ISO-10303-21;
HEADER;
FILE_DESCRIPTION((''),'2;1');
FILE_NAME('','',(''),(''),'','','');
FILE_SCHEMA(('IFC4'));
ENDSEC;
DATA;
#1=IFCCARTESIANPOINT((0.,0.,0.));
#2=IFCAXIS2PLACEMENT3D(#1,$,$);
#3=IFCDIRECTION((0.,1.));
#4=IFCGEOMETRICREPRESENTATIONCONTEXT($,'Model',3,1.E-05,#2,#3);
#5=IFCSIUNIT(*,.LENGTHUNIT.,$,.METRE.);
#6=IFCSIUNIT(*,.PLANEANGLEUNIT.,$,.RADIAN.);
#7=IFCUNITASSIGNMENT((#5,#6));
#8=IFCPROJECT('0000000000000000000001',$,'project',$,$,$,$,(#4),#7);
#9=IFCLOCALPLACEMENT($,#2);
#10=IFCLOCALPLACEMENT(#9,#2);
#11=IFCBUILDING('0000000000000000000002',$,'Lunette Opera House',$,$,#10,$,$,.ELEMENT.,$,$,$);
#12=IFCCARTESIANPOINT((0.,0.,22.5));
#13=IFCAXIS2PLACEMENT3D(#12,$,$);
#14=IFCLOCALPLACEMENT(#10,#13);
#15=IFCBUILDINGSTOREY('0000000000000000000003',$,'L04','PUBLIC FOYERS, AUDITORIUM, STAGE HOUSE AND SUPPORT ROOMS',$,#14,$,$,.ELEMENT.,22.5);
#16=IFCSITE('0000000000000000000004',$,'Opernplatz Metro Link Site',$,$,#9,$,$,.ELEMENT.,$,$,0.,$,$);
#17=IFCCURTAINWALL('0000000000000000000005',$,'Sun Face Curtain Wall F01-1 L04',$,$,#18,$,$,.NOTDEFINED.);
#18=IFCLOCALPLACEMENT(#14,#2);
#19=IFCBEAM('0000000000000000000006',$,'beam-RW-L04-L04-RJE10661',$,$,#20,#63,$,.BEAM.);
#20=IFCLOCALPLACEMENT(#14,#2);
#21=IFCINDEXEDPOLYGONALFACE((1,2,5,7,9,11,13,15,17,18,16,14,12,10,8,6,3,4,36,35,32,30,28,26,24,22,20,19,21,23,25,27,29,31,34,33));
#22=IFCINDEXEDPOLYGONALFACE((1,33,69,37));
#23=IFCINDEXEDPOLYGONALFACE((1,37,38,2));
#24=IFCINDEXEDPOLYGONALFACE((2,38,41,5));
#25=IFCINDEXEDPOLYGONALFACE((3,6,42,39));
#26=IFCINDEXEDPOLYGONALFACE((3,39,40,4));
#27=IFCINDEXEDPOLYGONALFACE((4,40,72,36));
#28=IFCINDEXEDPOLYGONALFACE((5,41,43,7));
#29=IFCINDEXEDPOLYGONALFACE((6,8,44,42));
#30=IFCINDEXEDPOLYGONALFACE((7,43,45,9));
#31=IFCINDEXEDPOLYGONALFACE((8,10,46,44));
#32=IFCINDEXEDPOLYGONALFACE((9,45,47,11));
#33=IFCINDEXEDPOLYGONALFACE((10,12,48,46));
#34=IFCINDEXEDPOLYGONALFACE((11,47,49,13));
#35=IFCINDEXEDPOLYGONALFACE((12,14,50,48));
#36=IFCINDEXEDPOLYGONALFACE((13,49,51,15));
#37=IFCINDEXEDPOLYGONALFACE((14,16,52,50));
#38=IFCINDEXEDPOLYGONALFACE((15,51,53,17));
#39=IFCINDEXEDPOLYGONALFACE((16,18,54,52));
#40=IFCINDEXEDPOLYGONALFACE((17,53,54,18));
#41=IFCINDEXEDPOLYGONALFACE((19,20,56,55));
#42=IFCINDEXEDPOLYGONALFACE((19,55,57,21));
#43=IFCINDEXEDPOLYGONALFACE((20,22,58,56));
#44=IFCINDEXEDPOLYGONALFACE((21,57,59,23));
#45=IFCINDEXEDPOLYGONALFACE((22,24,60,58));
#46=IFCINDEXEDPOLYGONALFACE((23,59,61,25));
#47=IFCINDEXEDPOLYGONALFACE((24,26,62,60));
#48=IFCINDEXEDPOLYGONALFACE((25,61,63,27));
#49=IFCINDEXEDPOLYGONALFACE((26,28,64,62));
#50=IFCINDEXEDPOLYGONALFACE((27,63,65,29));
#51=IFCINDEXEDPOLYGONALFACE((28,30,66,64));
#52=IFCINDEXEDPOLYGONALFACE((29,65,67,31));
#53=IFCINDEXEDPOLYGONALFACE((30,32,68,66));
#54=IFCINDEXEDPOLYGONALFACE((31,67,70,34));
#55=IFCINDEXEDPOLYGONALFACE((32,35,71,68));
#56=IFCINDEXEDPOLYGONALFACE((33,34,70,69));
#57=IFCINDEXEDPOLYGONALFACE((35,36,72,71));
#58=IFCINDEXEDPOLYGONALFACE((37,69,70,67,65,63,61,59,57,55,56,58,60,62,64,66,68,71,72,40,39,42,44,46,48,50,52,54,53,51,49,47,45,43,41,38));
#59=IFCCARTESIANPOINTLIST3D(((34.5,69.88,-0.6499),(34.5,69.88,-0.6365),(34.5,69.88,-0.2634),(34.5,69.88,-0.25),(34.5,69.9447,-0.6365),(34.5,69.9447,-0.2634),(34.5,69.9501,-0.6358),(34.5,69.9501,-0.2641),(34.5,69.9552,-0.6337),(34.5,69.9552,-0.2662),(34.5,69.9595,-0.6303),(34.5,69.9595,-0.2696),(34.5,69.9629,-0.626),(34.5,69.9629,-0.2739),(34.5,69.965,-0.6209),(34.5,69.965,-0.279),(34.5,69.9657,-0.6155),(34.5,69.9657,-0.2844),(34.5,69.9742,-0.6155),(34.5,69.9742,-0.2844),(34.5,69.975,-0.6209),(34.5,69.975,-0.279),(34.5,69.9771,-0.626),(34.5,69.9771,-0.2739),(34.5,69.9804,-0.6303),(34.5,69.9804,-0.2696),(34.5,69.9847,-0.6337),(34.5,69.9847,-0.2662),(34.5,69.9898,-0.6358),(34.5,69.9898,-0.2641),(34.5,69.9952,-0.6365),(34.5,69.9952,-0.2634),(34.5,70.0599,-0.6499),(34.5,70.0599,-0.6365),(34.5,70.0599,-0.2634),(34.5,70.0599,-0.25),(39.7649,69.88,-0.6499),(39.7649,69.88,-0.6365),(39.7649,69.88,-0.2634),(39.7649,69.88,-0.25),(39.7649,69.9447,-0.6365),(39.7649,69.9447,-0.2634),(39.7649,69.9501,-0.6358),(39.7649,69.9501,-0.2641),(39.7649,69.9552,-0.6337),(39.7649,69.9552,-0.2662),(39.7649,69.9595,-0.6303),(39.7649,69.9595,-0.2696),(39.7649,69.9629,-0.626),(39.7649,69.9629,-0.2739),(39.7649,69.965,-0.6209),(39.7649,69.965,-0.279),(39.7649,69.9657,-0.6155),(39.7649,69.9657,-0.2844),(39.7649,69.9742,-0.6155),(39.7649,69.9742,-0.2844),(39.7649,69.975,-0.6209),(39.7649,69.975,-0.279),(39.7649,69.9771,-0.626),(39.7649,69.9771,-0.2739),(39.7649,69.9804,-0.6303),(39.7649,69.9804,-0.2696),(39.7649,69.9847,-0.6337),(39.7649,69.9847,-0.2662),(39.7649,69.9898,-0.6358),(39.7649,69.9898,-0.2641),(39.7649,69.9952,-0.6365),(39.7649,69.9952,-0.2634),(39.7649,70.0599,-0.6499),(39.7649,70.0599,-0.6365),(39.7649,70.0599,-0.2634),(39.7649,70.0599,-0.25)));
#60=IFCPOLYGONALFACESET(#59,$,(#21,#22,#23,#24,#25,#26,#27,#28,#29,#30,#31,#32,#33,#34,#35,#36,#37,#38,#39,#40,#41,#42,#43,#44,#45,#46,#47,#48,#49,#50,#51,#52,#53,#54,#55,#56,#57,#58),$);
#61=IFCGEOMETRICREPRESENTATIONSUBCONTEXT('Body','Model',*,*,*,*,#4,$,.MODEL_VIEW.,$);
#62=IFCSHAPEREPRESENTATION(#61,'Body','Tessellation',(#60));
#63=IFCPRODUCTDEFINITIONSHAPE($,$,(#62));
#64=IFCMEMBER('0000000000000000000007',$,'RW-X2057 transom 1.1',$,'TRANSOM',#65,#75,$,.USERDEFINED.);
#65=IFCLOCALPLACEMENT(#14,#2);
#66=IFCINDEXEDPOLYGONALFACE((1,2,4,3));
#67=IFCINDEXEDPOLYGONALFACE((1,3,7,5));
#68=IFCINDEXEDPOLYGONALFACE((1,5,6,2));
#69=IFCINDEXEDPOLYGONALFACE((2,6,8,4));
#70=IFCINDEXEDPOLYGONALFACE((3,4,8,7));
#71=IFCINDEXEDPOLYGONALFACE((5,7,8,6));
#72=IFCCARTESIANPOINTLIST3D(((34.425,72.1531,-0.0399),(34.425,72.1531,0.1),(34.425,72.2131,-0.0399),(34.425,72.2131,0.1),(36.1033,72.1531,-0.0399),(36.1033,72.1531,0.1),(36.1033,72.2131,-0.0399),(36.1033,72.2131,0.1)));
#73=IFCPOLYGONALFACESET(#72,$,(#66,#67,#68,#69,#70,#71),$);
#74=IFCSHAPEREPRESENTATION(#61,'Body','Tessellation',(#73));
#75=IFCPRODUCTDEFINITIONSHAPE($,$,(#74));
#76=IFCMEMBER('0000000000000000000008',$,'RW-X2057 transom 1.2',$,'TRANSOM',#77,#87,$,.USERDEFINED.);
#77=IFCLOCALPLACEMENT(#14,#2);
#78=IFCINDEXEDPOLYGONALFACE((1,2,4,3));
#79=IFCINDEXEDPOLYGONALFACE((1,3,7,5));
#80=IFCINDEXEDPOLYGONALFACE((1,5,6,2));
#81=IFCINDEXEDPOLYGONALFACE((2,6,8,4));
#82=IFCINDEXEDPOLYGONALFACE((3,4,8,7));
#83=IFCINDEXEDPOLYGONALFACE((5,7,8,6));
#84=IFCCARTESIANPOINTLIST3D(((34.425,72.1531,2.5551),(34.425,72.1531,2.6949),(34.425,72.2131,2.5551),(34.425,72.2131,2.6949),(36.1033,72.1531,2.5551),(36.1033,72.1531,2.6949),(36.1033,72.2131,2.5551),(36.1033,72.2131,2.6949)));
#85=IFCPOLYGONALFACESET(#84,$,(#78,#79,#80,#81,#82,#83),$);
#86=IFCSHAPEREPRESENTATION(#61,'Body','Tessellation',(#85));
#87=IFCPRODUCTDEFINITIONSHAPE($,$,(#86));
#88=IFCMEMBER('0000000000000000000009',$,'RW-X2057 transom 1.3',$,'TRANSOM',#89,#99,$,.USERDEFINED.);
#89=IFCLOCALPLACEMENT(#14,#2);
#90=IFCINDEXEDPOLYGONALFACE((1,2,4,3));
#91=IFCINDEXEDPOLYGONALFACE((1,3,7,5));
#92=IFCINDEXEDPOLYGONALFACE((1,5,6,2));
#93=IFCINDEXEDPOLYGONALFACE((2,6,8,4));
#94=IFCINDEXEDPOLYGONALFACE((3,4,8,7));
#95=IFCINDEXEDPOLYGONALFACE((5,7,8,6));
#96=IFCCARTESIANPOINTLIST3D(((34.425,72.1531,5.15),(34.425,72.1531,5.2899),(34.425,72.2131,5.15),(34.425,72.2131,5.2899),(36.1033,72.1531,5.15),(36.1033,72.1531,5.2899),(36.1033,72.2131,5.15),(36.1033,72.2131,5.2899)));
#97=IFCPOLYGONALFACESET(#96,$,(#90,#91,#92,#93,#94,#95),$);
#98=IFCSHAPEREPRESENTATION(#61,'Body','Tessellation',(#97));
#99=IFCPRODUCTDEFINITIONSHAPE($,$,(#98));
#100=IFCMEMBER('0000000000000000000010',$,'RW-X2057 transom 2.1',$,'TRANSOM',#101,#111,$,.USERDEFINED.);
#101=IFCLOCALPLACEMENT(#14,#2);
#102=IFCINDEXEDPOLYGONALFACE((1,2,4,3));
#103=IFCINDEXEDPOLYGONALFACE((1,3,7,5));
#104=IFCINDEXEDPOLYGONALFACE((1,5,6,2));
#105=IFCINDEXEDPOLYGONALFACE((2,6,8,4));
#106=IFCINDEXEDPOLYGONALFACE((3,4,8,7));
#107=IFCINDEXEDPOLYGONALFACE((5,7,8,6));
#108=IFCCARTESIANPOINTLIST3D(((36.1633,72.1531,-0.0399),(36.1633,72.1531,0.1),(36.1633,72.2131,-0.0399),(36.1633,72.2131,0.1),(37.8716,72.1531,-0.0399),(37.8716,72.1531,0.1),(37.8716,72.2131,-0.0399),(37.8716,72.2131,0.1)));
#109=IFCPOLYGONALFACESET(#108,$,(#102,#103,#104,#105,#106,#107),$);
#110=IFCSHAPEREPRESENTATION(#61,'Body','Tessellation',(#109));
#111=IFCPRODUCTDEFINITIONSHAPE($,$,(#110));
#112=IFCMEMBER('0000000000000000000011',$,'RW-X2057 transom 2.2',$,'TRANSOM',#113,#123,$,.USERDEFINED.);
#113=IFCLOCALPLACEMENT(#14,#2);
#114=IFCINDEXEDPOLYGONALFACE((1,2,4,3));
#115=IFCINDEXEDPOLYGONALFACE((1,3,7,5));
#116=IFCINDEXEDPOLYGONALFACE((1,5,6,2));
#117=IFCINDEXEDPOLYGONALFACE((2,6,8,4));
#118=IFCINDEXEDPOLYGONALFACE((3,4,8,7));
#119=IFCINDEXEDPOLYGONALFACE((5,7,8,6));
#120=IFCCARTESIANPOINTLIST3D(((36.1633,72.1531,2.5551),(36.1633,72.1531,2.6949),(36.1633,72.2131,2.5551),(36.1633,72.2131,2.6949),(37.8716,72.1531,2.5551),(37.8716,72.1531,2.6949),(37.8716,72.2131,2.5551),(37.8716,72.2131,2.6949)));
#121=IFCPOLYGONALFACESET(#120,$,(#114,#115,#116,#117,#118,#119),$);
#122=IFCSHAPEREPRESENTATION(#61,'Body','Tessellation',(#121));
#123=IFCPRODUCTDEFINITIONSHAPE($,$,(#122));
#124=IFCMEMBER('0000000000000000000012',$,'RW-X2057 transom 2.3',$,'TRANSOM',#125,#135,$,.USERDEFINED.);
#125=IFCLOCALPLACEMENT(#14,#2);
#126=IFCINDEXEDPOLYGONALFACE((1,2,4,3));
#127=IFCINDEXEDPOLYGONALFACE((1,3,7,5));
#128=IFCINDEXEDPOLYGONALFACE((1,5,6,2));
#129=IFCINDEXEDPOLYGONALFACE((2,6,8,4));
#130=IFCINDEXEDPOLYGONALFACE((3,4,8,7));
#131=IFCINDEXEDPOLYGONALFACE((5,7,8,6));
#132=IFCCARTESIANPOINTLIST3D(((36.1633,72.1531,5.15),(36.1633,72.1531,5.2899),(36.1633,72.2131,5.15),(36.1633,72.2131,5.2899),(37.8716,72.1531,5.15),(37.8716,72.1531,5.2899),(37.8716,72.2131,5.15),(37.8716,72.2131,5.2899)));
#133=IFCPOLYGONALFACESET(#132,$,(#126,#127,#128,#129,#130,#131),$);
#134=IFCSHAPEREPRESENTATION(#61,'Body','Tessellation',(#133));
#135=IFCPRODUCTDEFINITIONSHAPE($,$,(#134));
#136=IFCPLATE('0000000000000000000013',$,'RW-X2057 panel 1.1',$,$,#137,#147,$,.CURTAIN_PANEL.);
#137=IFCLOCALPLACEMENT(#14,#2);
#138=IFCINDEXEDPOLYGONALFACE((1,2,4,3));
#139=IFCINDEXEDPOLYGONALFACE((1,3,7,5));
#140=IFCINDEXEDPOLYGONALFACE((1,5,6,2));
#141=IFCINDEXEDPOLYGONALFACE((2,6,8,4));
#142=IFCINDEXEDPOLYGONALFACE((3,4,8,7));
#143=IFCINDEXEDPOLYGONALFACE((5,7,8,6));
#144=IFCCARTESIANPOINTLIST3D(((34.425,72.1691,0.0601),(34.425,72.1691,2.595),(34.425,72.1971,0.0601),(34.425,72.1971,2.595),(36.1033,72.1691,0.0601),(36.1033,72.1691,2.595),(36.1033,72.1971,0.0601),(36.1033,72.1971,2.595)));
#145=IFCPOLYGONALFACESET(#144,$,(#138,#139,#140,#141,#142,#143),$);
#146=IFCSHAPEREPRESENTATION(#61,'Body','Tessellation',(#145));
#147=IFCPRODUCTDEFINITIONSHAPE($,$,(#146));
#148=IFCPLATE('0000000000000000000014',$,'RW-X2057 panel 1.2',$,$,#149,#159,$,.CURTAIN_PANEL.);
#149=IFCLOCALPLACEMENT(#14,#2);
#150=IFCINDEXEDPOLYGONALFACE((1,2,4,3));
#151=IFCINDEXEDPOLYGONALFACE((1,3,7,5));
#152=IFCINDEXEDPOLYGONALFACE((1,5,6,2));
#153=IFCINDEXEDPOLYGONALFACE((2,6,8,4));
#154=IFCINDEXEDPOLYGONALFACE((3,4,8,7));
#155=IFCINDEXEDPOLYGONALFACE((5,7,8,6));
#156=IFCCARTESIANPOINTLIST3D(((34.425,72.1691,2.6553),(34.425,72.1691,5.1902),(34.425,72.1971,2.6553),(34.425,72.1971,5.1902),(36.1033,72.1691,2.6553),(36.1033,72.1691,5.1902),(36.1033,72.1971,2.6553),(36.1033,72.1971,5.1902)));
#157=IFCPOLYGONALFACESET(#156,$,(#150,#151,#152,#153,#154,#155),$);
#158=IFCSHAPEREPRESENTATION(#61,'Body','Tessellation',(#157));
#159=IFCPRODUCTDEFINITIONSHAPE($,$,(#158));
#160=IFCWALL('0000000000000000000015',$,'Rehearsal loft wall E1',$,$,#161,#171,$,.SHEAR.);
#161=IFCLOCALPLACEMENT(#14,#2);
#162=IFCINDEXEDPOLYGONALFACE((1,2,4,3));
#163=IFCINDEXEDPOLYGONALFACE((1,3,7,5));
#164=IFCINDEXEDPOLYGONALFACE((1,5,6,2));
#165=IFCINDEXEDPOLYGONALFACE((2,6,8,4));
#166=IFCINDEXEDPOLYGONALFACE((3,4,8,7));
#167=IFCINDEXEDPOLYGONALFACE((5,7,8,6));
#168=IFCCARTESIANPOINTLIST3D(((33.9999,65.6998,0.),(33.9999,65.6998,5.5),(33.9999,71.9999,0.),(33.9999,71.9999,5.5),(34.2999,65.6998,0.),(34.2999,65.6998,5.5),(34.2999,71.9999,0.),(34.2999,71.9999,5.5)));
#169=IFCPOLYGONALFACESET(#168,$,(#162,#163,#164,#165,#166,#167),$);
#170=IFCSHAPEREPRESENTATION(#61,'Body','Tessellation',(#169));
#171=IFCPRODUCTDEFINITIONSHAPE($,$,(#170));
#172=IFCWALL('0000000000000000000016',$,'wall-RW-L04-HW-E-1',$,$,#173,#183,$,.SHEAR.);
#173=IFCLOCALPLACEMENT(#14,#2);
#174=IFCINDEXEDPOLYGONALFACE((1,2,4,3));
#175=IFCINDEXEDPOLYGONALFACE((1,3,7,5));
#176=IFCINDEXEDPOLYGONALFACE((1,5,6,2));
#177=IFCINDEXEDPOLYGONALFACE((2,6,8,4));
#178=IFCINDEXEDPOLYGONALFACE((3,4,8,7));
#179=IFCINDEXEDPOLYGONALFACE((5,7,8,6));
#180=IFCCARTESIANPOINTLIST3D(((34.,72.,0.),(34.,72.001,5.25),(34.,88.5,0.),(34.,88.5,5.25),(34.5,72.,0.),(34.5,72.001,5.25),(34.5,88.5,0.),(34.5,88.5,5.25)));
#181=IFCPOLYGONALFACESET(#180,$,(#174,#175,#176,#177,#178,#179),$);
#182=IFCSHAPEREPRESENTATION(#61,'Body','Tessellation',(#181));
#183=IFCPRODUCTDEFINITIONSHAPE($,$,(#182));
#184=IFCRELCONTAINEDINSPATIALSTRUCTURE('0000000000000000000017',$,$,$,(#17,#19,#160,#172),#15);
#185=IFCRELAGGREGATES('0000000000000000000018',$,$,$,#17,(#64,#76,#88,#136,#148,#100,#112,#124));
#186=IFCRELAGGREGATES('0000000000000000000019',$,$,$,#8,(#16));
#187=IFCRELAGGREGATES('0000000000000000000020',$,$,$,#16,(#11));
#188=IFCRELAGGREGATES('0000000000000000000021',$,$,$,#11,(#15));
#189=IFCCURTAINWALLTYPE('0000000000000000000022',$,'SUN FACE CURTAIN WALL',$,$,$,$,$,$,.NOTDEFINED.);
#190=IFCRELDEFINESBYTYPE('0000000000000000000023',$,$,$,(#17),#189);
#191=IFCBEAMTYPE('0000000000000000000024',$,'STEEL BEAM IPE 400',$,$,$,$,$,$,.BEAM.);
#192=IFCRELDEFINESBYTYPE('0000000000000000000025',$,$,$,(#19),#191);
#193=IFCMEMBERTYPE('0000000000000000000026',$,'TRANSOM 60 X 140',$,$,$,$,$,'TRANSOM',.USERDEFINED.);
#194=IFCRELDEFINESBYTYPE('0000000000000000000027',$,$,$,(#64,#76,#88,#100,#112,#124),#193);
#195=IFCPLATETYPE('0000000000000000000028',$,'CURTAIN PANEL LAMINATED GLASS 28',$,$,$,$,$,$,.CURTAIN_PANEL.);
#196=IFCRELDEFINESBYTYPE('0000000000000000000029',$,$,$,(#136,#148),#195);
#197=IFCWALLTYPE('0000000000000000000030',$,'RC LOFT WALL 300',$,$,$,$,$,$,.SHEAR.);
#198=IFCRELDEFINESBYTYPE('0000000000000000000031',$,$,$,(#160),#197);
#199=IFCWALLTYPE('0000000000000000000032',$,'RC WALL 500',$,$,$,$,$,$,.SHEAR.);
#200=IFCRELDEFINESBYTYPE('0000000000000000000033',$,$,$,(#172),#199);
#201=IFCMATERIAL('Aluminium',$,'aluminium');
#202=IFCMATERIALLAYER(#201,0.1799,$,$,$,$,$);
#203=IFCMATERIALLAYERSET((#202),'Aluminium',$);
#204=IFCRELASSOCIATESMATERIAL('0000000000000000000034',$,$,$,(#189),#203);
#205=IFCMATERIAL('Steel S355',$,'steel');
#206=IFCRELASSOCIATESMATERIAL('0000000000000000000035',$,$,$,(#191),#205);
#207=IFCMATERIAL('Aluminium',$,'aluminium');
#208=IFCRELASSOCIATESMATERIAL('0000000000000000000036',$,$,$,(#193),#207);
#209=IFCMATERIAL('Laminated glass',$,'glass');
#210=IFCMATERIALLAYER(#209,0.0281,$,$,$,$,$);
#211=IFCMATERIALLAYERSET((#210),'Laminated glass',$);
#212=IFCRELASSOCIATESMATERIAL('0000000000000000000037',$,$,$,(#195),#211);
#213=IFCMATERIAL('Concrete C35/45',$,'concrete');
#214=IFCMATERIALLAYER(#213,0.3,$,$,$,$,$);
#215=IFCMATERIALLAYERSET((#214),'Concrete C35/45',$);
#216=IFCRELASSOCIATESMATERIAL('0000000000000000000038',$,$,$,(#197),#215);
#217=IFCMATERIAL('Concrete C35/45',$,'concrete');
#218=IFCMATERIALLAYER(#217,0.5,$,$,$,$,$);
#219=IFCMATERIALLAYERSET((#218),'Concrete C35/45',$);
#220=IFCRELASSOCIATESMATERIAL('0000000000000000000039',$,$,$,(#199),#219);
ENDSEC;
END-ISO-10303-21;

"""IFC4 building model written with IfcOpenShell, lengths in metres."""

from ifc_helpers import new_model, si_unit, direction, frame, frame_2d, origin, origin_2d, place, context, subcontext, project, spatial, polyline, rectangle, i_section, outline, extrude, material, layer, layer_set, material_profile, profile_set, type_object, element, aggregate, save


model = new_model("IFC4")

# Units and contexts
model_context = context("Model", 3, precision=1e-05, world=origin(), true_north=direction((0.0, 1.0)))
body_context = subcontext(model_context, "Body", "Model", "MODEL_VIEW")
ifc_project = project(units=[si_unit("LENGTHUNIT", "METRE"), si_unit("PLANEANGLEUNIT", "RADIAN")], contexts=[model_context])

# Site, building, storey
site_placement = place(None, origin())
site = spatial("IfcSite", under=ifc_project, at=site_placement, Name="Opernplatz Metro Link Site", CompositionType="ELEMENT", RefElevation=0.0)
building_placement = place(site_placement, origin())
building = spatial("IfcBuilding", under=site, at=building_placement, Name="Lunette Opera House", CompositionType="ELEMENT")
storey_placement = place(building_placement, frame((0.0, 0.0, 22.5)))
storey = spatial("IfcBuildingStorey", under=building, at=storey_placement, Name="L04", Description="PUBLIC FOYERS, AUDITORIUM, STAGE HOUSE AND SUPPORT ROOMS", CompositionType="ELEMENT", Elevation=22.5)

# Curtain wall
ifc_material_1 = material(Name="Aluminium", Category="aluminium")
ifc_layer_1 = layer(ifc_material_1, 0.1799)
ifc_layer_set_1 = layer_set([ifc_layer_1], Name="Aluminium")
curtain_wall_type = type_object("IfcCurtainWallType", Name="SUN FACE CURTAIN WALL", PredefinedType="NOTDEFINED", material=ifc_layer_set_1)
curtain_wall_placement = place(storey_placement, origin())
curtain_wall = element("IfcCurtainWall", 1, at=curtain_wall_placement, inside=storey, type_object=curtain_wall_type, Name="Sun Face Curtain Wall F01-1 L04", PredefinedType="NOTDEFINED")

# Beam
ifc_material_2 = material(Name="Steel S355", Category="steel")
ifc_material_profile_1 = material_profile(ifc_material_2, i_section(OverallWidth=0.1799, OverallDepth=0.3999, WebThickness=0.0085, FlangeThickness=0.0134, FilletRadius=0.021, at=origin_2d()), Name="IPE 400")
ifc_profile_set_1 = profile_set([ifc_material_profile_1], Name="Steel S355")
beam_type = type_object("IfcBeamType", Name="STEEL BEAM IPE 400", PredefinedType="BEAM", material=ifc_profile_set_1)
for number, where, z_axis, x_axis, name in (
    (2, (34.5, 69.97, -0.45), (1.0, 0.0, 0.0), (0.0, 1.0, 0.0), "beam-RW-L04-L04-RJE10661"),
):
    element("IfcBeam", number, at=place(storey_placement, frame(where, z_axis=z_axis, x_axis=x_axis)), inside=storey, type_object=beam_type, Name=name, PredefinedType="BEAM", context=body_context, shape_type="SweptSolid", body=[
        extrude(i_section(OverallWidth=0.1799, OverallDepth=0.3999, WebThickness=0.0085, FlangeThickness=0.0134, FilletRadius=0.021, at=origin_2d()), origin(), (0.0, 0.0, 1.0), 5.2649),
    ])

# Members
ifc_material_3 = material(Name="Aluminium", Category="aluminium")
ifc_material_profile_2 = material_profile(ifc_material_3, rectangle(XDim=0.0601, YDim=0.1399, at=origin_2d()), Name="TRANSOM 60 X 140")
ifc_profile_set_2 = profile_set([ifc_material_profile_2], Name="Aluminium")
member_type_1 = type_object("IfcMemberType", Name="TRANSOM 60 X 140", ElementType="TRANSOM", PredefinedType="USERDEFINED", material=ifc_profile_set_2)
member_1_placement = place(storey_placement, frame((34.425, 72.1831, 0.03), z_axis=(1.0, 0.0, 0.0), x_axis=(0.0, 1.0, 0.0)))
member_1 = element("IfcMember", 3, at=member_1_placement, type_object=member_type_1, Name="RW-X2057 transom 1.1", ObjectType="TRANSOM", PredefinedType="USERDEFINED", context=body_context, shape_type="SweptSolid", body=[
    extrude(rectangle(XDim=0.0601, YDim=0.1399, at=origin_2d()), origin(), (0.0, 0.0, 1.0), 1.6782),
])
member_2_placement = place(storey_placement, frame((34.425, 72.1831, 2.625), z_axis=(1.0, 0.0, 0.0), x_axis=(0.0, 1.0, 0.0)))
member_2 = element("IfcMember", 4, at=member_2_placement, type_object=member_type_1, Name="RW-X2057 transom 1.2", ObjectType="TRANSOM", PredefinedType="USERDEFINED", context=body_context, shape_type="SweptSolid", body=[
    extrude(rectangle(XDim=0.0601, YDim=0.1399, at=origin_2d()), origin(), (0.0, 0.0, 1.0), 1.6782),
])
member_3_placement = place(storey_placement, frame((34.425, 72.1831, 5.22), z_axis=(1.0, 0.0, 0.0), x_axis=(0.0, 1.0, 0.0)))
member_3 = element("IfcMember", 5, at=member_3_placement, type_object=member_type_1, Name="RW-X2057 transom 1.3", ObjectType="TRANSOM", PredefinedType="USERDEFINED", context=body_context, shape_type="SweptSolid", body=[
    extrude(rectangle(XDim=0.0601, YDim=0.1399, at=origin_2d()), origin(), (0.0, 0.0, 1.0), 1.6782),
])
member_4_placement = place(storey_placement, frame((36.1633, 72.1831, 0.03), z_axis=(1.0, 0.0, 0.0), x_axis=(0.0, 1.0, 0.0)))
member_4 = element("IfcMember", 6, at=member_4_placement, type_object=member_type_1, Name="RW-X2057 transom 2.1", ObjectType="TRANSOM", PredefinedType="USERDEFINED", context=body_context, shape_type="SweptSolid", body=[
    extrude(rectangle(XDim=0.0601, YDim=0.1399, at=origin_2d()), origin(), (0.0, 0.0, 1.0), 1.7083),
])
member_5_placement = place(storey_placement, frame((36.1633, 72.1831, 2.625), z_axis=(1.0, 0.0, 0.0), x_axis=(0.0, 1.0, 0.0)))
member_5 = element("IfcMember", 7, at=member_5_placement, type_object=member_type_1, Name="RW-X2057 transom 2.2", ObjectType="TRANSOM", PredefinedType="USERDEFINED", context=body_context, shape_type="SweptSolid", body=[
    extrude(rectangle(XDim=0.0601, YDim=0.1399, at=origin_2d()), origin(), (0.0, 0.0, 1.0), 1.7083),
])
member_6_placement = place(storey_placement, frame((36.1633, 72.1831, 5.22), z_axis=(1.0, 0.0, 0.0), x_axis=(0.0, 1.0, 0.0)))
member_6 = element("IfcMember", 8, at=member_6_placement, type_object=member_type_1, Name="RW-X2057 transom 2.3", ObjectType="TRANSOM", PredefinedType="USERDEFINED", context=body_context, shape_type="SweptSolid", body=[
    extrude(rectangle(XDim=0.0601, YDim=0.1399, at=origin_2d()), origin(), (0.0, 0.0, 1.0), 1.7083),
])

# Plates
ifc_material_4 = material(Name="Laminated glass", Category="glass")
ifc_layer_2 = layer(ifc_material_4, 0.0281)
ifc_layer_set_2 = layer_set([ifc_layer_2], Name="Laminated glass")
plate_type = type_object("IfcPlateType", Name="CURTAIN PANEL LAMINATED GLASS 28", PredefinedType="CURTAIN_PANEL", material=ifc_layer_set_2)
plate_1_placement = place(storey_placement, frame((35.2642, 72.1831, 0.0601), z_axis=(0.0, 0.0, 1.0), x_axis=(1.0, 0.0, 0.0)))
plate_1 = element("IfcPlate", 9, at=plate_1_placement, type_object=plate_type, Name="RW-X2057 panel 1.1", PredefinedType="CURTAIN_PANEL", context=body_context, shape_type="SweptSolid", body=[
    extrude(rectangle(XDim=1.6782, YDim=0.0281, at=origin_2d()), origin(), (0.0, 0.0, 1.0), 2.5349),
])
plate_2_placement = place(storey_placement, frame((35.2642, 72.1831, 2.6553), z_axis=(0.0, 0.0, 1.0), x_axis=(1.0, 0.0, 0.0)))
plate_2 = element("IfcPlate", 10, at=plate_2_placement, type_object=plate_type, Name="RW-X2057 panel 1.2", PredefinedType="CURTAIN_PANEL", context=body_context, shape_type="SweptSolid", body=[
    extrude(rectangle(XDim=1.6782, YDim=0.0281, at=origin_2d()), origin(), (0.0, 0.0, 1.0), 2.5349),
])
aggregate(curtain_wall, [member_1, member_2, member_3, plate_1, plate_2, member_4, member_5, member_6])

# Walls
ifc_material_5 = material(Name="Concrete C35/45", Category="concrete")
ifc_layer_3 = layer(ifc_material_5, 0.3)
ifc_layer_set_3 = layer_set([ifc_layer_3], Name="Concrete C35/45")
wall_type_1 = type_object("IfcWallType", Name="RC LOFT WALL 300", PredefinedType="SHEAR", material=ifc_layer_set_3)
wall_1_placement = place(storey_placement, frame((34.1499, 65.7, 0.0), z_axis=(0.0, 0.0, 1.0), x_axis=(0.0, 1.0, 0.0)))
element("IfcWall", 11, at=wall_1_placement, inside=storey, type_object=wall_type_1, Name="Rehearsal loft wall E1", PredefinedType="SHEAR", context=body_context, shape_type="SweptSolid", body=[
    extrude(rectangle(XDim=6.3, YDim=0.3, at=frame_2d((3.1499, 0.0))), origin(), (0.0, 0.0, 1.0), 5.5),
])
ifc_material_6 = material(Name="Concrete C35/45", Category="concrete")
ifc_layer_4 = layer(ifc_material_6, 0.5)
ifc_layer_set_4 = layer_set([ifc_layer_4], Name="Concrete C35/45")
wall_type_2 = type_object("IfcWallType", Name="RC WALL 500", PredefinedType="SHEAR", material=ifc_layer_set_4)
wall_2_placement = place(storey_placement, frame((34.25, 72.0, 0.0), z_axis=(0.0, 0.0, 1.0), x_axis=(0.0, 1.0, 0.0)))
element("IfcWall", 12, at=wall_2_placement, inside=storey, type_object=wall_type_2, Name="wall-RW-L04-HW-E-1", PredefinedType="SHEAR", context=body_context, shape_type="SweptSolid", body=[
    extrude(outline(polyline([(0.0, 0.0), (16.5, 0.0), (16.5, 5.25), (0.001, 5.25), (0.0, 0.0), (0.0, 0.0)])), frame((0.0, 0.25, 0.0), z_axis=(0.0, -1.0, 0.0), x_axis=(1.0, 0.0, 0.0)), (0.0, 0.0, 1.0), 0.5),
])

save(model, "model.ifc")
